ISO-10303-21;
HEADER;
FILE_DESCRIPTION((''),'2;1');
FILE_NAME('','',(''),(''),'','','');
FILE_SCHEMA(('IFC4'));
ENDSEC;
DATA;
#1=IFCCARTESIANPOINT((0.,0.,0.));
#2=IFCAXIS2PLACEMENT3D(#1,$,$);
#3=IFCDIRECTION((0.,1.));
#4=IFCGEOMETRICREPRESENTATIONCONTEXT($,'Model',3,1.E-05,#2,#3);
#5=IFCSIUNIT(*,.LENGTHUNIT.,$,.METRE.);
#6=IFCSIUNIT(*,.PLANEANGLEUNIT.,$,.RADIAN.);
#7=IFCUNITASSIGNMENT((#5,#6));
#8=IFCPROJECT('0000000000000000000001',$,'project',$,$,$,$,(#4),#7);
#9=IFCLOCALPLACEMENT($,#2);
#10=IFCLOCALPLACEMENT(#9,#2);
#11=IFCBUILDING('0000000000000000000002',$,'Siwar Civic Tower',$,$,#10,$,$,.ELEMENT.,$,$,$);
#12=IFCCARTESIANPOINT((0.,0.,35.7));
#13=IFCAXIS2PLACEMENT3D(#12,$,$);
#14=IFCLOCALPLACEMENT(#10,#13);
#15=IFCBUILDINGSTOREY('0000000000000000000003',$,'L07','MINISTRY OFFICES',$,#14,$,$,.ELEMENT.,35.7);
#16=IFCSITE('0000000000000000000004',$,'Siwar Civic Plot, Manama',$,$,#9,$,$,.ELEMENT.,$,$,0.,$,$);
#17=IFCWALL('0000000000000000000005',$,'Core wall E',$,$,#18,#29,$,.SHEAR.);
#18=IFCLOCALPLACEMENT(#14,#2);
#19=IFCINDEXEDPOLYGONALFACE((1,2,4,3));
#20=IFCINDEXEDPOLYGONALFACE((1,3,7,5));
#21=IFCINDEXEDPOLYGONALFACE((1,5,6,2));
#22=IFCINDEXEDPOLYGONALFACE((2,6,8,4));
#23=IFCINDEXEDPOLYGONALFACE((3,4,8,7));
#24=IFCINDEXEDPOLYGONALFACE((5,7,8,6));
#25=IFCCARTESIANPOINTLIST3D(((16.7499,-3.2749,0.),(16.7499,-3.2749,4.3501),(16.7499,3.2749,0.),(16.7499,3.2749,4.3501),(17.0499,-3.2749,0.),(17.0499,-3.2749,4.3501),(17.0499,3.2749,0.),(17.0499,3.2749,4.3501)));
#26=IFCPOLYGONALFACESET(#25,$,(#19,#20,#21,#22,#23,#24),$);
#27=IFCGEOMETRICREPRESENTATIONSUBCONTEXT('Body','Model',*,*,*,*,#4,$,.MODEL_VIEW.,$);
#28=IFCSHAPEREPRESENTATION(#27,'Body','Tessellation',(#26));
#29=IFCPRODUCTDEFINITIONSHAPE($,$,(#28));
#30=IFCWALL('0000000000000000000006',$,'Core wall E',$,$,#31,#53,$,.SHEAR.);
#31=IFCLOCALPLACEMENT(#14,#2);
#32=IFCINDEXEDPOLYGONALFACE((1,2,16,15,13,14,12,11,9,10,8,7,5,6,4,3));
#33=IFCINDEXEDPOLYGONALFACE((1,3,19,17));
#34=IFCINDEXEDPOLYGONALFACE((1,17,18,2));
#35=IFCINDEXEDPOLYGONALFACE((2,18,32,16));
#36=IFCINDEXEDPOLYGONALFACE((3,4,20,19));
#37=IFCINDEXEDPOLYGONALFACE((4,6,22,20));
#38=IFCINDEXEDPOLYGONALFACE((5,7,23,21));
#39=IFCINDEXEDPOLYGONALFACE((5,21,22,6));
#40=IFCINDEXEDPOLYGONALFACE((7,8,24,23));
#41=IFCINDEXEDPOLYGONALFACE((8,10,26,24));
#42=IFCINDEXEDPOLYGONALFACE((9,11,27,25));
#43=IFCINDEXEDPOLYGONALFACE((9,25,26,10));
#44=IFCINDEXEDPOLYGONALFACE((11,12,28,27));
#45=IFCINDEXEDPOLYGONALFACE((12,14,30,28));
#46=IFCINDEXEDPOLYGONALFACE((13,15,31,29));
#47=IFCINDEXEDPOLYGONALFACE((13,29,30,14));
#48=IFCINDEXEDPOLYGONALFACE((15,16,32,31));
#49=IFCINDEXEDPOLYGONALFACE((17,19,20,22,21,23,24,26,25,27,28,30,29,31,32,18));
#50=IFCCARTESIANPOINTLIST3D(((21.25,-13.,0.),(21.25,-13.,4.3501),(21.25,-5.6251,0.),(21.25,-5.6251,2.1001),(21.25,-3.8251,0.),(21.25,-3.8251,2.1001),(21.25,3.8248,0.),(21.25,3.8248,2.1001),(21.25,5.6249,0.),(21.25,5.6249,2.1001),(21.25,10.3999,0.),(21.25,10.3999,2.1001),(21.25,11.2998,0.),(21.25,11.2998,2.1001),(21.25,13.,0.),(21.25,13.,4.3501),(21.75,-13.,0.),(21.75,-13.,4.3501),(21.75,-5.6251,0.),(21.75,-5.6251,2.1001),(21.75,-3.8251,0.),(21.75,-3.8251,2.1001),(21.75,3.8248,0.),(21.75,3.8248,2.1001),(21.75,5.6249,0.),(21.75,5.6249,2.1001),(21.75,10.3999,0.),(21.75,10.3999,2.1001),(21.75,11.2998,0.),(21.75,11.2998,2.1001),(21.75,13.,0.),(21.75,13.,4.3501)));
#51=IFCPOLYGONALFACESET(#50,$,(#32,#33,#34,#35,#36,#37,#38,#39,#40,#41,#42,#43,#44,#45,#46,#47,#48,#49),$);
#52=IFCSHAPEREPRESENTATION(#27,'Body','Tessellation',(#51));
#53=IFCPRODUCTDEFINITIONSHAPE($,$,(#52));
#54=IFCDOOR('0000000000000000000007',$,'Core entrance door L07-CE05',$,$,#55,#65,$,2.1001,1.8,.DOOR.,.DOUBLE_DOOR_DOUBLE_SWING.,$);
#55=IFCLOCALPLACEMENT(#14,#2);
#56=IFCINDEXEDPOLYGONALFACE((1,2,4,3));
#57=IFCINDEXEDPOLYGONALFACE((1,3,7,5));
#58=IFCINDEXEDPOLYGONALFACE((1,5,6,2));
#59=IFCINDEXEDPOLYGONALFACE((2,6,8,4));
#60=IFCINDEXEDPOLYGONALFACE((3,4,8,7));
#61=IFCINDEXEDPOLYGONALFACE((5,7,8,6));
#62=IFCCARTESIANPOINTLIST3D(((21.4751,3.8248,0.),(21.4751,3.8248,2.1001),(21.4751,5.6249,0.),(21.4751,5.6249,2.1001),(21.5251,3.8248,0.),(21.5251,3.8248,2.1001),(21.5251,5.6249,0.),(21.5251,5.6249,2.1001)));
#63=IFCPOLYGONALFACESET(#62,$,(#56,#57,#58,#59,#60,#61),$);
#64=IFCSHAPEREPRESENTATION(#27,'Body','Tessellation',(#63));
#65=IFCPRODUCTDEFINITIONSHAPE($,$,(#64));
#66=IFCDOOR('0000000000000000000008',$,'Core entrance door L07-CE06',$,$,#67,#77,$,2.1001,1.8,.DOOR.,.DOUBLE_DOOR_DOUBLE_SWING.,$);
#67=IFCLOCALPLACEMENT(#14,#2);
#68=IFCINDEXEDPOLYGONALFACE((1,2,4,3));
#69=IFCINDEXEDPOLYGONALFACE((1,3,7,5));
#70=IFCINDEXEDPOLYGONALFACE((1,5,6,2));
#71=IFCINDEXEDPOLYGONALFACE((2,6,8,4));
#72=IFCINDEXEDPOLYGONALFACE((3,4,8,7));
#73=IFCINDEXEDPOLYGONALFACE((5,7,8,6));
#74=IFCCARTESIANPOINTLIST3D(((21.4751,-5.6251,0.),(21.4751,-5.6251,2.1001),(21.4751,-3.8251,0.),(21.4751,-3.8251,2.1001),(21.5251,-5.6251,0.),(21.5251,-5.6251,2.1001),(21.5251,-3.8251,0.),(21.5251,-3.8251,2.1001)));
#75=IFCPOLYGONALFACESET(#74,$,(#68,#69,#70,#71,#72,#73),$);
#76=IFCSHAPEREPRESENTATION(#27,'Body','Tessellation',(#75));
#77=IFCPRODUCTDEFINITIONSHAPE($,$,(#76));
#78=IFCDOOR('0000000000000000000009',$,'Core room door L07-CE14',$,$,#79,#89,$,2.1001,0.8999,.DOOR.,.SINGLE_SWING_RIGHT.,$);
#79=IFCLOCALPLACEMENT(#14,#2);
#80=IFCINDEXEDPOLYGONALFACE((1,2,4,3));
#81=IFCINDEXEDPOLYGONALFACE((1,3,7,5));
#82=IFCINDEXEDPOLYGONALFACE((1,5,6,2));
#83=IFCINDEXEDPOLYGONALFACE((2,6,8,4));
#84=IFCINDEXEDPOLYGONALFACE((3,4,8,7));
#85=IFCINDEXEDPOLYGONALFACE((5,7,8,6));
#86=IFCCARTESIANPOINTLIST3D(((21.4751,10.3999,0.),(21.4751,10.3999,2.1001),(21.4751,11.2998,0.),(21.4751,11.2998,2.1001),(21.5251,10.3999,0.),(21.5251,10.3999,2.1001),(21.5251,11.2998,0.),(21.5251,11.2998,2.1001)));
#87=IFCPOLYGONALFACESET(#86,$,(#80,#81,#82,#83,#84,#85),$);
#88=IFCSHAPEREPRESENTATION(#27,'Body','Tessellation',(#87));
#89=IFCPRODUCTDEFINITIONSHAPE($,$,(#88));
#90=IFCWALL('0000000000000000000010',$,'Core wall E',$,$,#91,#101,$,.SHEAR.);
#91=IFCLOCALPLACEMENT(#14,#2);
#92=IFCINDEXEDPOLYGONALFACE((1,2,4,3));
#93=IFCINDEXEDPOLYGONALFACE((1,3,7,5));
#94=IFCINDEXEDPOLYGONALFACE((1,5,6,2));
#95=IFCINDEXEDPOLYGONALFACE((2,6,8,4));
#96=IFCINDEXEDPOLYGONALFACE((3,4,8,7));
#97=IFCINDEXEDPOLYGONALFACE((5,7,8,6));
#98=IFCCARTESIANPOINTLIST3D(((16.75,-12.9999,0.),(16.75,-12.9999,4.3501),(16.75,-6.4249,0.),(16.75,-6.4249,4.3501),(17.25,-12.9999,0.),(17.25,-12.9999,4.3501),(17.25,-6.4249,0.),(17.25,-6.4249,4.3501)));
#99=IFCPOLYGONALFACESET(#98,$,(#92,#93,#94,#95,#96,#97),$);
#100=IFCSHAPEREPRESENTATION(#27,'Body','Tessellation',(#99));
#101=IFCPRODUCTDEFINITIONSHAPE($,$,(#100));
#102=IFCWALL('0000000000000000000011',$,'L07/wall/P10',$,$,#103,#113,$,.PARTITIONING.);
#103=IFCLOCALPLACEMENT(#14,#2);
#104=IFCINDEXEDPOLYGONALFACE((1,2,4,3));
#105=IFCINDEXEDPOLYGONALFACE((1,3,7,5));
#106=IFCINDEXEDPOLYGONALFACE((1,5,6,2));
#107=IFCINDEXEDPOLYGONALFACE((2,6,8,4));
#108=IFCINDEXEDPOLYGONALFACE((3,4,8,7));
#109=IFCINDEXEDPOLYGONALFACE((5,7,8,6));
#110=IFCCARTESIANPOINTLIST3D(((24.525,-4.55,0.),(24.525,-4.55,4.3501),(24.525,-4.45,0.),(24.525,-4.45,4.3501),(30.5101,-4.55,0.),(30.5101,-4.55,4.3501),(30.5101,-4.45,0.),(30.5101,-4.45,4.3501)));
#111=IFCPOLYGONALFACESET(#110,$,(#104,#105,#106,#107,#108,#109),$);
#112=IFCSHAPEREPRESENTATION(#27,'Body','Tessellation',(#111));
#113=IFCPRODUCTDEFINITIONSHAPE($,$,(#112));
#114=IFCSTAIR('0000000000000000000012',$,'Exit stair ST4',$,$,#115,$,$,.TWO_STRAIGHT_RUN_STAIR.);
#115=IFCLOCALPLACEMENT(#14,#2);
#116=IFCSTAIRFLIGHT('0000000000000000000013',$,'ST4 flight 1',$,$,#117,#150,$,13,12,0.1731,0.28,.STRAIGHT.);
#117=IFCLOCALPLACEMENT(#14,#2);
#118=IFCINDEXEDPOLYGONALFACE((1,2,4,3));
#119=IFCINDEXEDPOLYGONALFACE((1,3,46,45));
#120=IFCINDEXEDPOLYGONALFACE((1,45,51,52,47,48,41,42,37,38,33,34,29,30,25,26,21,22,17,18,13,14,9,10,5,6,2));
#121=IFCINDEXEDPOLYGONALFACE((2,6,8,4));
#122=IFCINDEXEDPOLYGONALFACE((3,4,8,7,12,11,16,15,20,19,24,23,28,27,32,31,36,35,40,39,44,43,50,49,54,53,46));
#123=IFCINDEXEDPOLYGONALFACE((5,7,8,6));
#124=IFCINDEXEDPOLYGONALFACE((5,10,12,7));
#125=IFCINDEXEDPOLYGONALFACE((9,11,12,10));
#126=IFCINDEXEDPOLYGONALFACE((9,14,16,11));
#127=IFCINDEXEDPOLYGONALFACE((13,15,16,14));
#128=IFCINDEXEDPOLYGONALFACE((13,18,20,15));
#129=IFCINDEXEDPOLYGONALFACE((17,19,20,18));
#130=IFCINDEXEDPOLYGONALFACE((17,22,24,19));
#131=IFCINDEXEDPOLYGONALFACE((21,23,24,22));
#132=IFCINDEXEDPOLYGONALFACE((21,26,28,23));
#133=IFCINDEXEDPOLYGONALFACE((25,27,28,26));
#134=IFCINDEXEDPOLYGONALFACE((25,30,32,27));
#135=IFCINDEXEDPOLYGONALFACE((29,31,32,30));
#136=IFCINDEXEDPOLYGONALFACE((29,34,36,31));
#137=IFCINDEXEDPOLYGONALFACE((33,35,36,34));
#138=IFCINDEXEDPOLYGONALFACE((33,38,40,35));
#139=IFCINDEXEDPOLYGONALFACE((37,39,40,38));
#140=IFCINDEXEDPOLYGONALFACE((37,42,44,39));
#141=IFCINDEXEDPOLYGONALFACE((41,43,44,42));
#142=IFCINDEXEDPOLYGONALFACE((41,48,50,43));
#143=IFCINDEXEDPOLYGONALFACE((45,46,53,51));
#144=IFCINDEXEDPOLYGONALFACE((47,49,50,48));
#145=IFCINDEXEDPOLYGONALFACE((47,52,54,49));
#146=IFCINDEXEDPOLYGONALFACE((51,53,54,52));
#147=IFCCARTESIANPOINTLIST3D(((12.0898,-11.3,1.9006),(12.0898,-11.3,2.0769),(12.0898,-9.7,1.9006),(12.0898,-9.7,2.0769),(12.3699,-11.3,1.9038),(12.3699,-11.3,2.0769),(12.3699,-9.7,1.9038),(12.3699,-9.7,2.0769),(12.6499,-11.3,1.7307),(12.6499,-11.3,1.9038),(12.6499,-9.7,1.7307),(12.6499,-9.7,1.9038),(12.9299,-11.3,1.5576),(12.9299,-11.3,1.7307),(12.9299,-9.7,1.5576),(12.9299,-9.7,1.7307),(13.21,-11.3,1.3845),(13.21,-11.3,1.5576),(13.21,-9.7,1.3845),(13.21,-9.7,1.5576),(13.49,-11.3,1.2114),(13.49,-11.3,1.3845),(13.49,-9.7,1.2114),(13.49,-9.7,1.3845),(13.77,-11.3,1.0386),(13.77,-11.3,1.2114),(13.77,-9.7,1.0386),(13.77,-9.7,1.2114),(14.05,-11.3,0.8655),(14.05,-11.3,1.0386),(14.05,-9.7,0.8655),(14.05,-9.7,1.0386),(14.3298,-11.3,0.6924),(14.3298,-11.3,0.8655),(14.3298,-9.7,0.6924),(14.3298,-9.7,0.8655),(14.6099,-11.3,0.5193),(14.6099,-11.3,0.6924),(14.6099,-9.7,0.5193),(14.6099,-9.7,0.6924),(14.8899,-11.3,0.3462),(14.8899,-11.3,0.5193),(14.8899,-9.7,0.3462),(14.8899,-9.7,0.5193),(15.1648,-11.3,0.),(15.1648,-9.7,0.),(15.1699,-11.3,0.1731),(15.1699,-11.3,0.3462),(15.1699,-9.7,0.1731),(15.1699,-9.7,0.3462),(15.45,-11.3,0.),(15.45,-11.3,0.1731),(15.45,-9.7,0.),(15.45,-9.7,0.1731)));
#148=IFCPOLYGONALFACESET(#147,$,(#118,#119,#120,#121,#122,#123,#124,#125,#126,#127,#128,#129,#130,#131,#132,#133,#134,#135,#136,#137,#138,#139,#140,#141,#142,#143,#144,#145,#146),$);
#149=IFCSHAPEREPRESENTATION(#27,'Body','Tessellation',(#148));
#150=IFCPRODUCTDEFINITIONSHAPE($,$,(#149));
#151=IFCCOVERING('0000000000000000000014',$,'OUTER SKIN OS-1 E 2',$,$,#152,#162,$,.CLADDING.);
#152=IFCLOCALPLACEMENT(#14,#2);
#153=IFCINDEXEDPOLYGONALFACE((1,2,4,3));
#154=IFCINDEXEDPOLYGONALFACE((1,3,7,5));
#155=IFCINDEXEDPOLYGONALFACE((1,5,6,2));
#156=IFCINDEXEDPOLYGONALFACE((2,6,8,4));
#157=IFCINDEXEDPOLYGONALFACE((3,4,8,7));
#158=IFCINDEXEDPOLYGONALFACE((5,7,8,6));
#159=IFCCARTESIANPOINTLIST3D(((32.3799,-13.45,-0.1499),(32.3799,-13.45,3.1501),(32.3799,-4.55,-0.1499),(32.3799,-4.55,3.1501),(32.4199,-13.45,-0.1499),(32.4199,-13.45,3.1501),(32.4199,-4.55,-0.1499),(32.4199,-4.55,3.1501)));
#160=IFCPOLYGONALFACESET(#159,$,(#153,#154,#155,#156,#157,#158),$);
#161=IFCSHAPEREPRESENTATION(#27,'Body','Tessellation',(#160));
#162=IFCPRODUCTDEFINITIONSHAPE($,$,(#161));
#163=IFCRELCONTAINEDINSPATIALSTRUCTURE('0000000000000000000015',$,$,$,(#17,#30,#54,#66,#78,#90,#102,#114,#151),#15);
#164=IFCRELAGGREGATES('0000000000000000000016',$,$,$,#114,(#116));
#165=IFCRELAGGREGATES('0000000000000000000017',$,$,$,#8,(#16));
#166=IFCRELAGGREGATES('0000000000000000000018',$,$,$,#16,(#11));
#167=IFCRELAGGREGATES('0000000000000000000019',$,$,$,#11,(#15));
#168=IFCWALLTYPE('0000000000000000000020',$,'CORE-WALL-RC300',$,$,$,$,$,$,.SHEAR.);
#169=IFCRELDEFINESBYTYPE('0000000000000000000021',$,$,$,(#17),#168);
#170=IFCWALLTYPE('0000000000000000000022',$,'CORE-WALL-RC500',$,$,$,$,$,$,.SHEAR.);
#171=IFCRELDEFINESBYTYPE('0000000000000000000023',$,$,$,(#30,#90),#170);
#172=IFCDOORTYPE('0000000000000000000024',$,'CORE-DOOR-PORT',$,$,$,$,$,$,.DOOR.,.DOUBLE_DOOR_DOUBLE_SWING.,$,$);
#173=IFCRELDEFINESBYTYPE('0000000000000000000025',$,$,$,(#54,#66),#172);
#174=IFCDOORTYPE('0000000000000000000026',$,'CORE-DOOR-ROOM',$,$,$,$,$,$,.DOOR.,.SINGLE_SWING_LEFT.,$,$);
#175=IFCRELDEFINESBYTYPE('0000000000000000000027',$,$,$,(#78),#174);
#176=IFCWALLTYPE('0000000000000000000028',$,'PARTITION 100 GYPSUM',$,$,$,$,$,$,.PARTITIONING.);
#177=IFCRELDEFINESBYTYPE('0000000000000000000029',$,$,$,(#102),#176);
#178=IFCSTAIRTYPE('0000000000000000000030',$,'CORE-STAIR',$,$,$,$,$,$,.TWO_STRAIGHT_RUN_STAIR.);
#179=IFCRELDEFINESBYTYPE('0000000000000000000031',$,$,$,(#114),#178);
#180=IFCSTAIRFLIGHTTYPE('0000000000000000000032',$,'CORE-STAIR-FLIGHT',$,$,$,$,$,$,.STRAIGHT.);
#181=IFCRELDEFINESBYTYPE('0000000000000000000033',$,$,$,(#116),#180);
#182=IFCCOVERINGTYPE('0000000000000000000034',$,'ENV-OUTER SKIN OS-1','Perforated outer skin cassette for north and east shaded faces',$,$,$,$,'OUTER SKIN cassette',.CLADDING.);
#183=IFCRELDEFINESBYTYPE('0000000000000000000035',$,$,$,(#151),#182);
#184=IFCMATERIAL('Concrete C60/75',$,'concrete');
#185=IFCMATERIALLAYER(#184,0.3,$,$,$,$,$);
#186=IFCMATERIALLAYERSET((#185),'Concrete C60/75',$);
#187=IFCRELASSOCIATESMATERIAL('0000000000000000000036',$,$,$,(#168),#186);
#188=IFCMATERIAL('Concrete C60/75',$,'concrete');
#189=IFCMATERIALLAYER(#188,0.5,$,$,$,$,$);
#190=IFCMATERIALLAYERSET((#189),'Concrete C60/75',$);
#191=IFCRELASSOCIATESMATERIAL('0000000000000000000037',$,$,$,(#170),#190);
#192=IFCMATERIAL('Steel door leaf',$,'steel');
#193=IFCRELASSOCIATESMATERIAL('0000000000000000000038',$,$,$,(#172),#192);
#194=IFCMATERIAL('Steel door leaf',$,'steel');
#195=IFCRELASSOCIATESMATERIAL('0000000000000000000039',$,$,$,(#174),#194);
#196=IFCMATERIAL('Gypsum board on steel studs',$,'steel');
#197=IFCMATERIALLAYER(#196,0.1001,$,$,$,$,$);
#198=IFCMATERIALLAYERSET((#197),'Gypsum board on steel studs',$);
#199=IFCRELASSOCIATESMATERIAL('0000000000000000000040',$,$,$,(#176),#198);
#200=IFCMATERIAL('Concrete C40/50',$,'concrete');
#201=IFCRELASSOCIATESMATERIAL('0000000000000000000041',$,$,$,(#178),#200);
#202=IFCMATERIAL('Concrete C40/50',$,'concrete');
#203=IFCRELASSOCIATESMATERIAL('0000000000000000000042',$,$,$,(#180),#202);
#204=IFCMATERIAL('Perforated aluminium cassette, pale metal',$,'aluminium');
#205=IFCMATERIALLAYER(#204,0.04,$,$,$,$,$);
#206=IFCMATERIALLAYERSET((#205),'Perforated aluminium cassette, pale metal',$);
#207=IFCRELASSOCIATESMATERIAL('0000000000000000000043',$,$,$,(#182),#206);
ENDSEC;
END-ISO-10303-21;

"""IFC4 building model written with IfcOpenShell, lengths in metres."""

from ifc_helpers import new_model, si_unit, direction, frame, frame_2d, origin, origin_2d, place, context, subcontext, project, spatial, polyline, rectangle, outline, extrude, material, layer, layer_set, type_object, element, fill, aggregate, save


model = new_model("IFC4")

# Units and contexts
model_context = context("Model", 3, precision=1e-05, world=origin(), true_north=direction((0.0, 1.0)))
body_context = subcontext(model_context, "Body", "Model", "MODEL_VIEW")
ifc_project = project(units=[si_unit("LENGTHUNIT", "METRE"), si_unit("PLANEANGLEUNIT", "RADIAN")], contexts=[model_context])

# Site, building, storey
site_placement = place(None, origin())
site = spatial("IfcSite", under=ifc_project, at=site_placement, Name="Siwar Civic Plot, Manama", CompositionType="ELEMENT", RefElevation=0.0)
building_placement = place(site_placement, origin())
building = spatial("IfcBuilding", under=site, at=building_placement, Name="Siwar Civic Tower", CompositionType="ELEMENT")
storey_placement = place(building_placement, frame((0.0, 0.0, 35.7)))
storey = spatial("IfcBuildingStorey", under=building, at=storey_placement, Name="L07", Description="MINISTRY OFFICES", CompositionType="ELEMENT", Elevation=35.7)

# Wall
ifc_material_1 = material(Name="Concrete C60/75", Category="concrete")
ifc_layer_1 = layer(ifc_material_1, 0.3)
ifc_layer_set_1 = layer_set([ifc_layer_1], Name="Concrete C60/75")
wall_type_1 = type_object("IfcWallType", Name="CORE-WALL-RC300", PredefinedType="SHEAR", material=ifc_layer_set_1)
wall_1_placement = place(storey_placement, frame((16.8999, -3.2749, 0.0), z_axis=(0.0, 0.0, 1.0), x_axis=(0.0, 1.0, 0.0)))
element("IfcWall", 1, at=wall_1_placement, inside=storey, type_object=wall_type_1, Name="Core wall E", PredefinedType="SHEAR", context=body_context, shape_type="SweptSolid", body=[
    extrude(rectangle(XDim=6.5498, YDim=0.3, at=frame_2d((3.2749, 0.0))), origin(), (0.0, 0.0, 1.0), 4.3501),
])

# Wall, openings, doors
ifc_material_2 = material(Name="Concrete C60/75", Category="concrete")
ifc_layer_2 = layer(ifc_material_2, 0.5)
ifc_layer_set_2 = layer_set([ifc_layer_2], Name="Concrete C60/75")
wall_type_2 = type_object("IfcWallType", Name="CORE-WALL-RC500", PredefinedType="SHEAR", material=ifc_layer_set_2)
wall_2_placement = place(storey_placement, frame((21.5, -13.0, 0.0), z_axis=(0.0, 0.0, 1.0), x_axis=(0.0, 1.0, 0.0)))
wall_2 = element("IfcWall", 2, at=wall_2_placement, inside=storey, type_object=wall_type_2, Name="Core wall E", PredefinedType="SHEAR", context=body_context, shape_type="SweptSolid", body=[
    extrude(rectangle(XDim=26.0, YDim=0.5, at=frame_2d((13.0, 0.0))), origin(), (0.0, 0.0, 1.0), 4.3501),
])
opening_1_placement = place(wall_2_placement, frame((16.825, 0.0, 0.0)))
opening_1 = element("IfcOpeningElement", 3, at=opening_1_placement, cuts=wall_2, PredefinedType="OPENING", context=body_context, shape_type="SweptSolid", body=[
    extrude(rectangle(XDim=1.8, YDim=2.1001, at=frame_2d((0.8999, 1.05))), frame((0.0, 0.26, 0.0), z_axis=(0.0, -1.0, 0.0), x_axis=(1.0, 0.0, 0.0)), (0.0, 0.0, 1.0), 0.52),
])
opening_2_placement = place(wall_2_placement, frame((7.375, 0.0, 0.0)))
opening_2 = element("IfcOpeningElement", 4, at=opening_2_placement, cuts=wall_2, PredefinedType="OPENING", context=body_context, shape_type="SweptSolid", body=[
    extrude(rectangle(XDim=1.8, YDim=2.1001, at=frame_2d((0.8999, 1.05))), frame((0.0, 0.26, 0.0), z_axis=(0.0, -1.0, 0.0), x_axis=(1.0, 0.0, 0.0)), (0.0, 0.0, 1.0), 0.52),
])
opening_3_placement = place(wall_2_placement, frame((23.3999, 0.0, 0.0)))
opening_3 = element("IfcOpeningElement", 5, at=opening_3_placement, cuts=wall_2, PredefinedType="OPENING", context=body_context, shape_type="SweptSolid", body=[
    extrude(rectangle(XDim=0.8999, YDim=2.1001, at=frame_2d((0.45, 1.05))), frame((0.0, 0.26, 0.0), z_axis=(0.0, -1.0, 0.0), x_axis=(1.0, 0.0, 0.0)), (0.0, 0.0, 1.0), 0.52),
])
ifc_material_3 = material(Name="Steel door leaf", Category="steel")
door_type_1 = type_object("IfcDoorType", Name="CORE-DOOR-PORT", OperationType="DOUBLE_DOOR_DOUBLE_SWING", PredefinedType="DOOR", material=ifc_material_3)
door_1_placement = place(opening_1_placement, origin())
door_1 = element("IfcDoor", 6, at=door_1_placement, inside=storey, type_object=door_type_1, Name="Core entrance door L07-CE05", OperationType="DOUBLE_DOOR_DOUBLE_SWING", OverallHeight=2.1001, OverallWidth=1.8, PredefinedType="DOOR", context=body_context, shape_type="SweptSolid", body=[
    extrude(rectangle(XDim=1.8, YDim=2.1001, at=frame_2d((0.8999, 1.05))), frame((0.0, 0.0249, 0.0), z_axis=(0.0, -1.0, 0.0), x_axis=(1.0, 0.0, 0.0)), (0.0, 0.0, 1.0), 0.05),
])
fill(opening_1, door_1)
door_2_placement = place(opening_2_placement, origin())
door_2 = element("IfcDoor", 7, at=door_2_placement, inside=storey, type_object=door_type_1, Name="Core entrance door L07-CE06", OperationType="DOUBLE_DOOR_DOUBLE_SWING", OverallHeight=2.1001, OverallWidth=1.8, PredefinedType="DOOR", context=body_context, shape_type="SweptSolid", body=[
    extrude(rectangle(XDim=1.8, YDim=2.1001, at=frame_2d((0.8999, 1.05))), frame((0.0, 0.0249, 0.0), z_axis=(0.0, -1.0, 0.0), x_axis=(1.0, 0.0, 0.0)), (0.0, 0.0, 1.0), 0.05),
])
fill(opening_2, door_2)
ifc_material_4 = material(Name="Steel door leaf", Category="steel")
door_type_2 = type_object("IfcDoorType", Name="CORE-DOOR-ROOM", OperationType="SINGLE_SWING_LEFT", PredefinedType="DOOR", material=ifc_material_4)
door_3_placement = place(opening_3_placement, origin())
door_3 = element("IfcDoor", 8, at=door_3_placement, inside=storey, type_object=door_type_2, Name="Core room door L07-CE14", OperationType="SINGLE_SWING_RIGHT", OverallHeight=2.1001, OverallWidth=0.8999, PredefinedType="DOOR", context=body_context, shape_type="SweptSolid", body=[
    extrude(rectangle(XDim=0.8999, YDim=2.1001, at=frame_2d((0.45, 1.05))), frame((0.0, 0.0249, 0.0), z_axis=(0.0, -1.0, 0.0), x_axis=(1.0, 0.0, 0.0)), (0.0, 0.0, 1.0), 0.05),
])
fill(opening_3, door_3)

# Walls
wall_3_placement = place(storey_placement, frame((17.0, -13.0, 0.0), z_axis=(0.0, 0.0, 1.0), x_axis=(0.0, 1.0, 0.0)))
element("IfcWall", 9, at=wall_3_placement, inside=storey, type_object=wall_type_2, Name="Core wall E", PredefinedType="SHEAR", context=body_context, shape_type="SweptSolid", body=[
    extrude(rectangle(XDim=6.575, YDim=0.5, at=frame_2d((3.2876, 0.0))), origin(), (0.0, 0.0, 1.0), 4.3501),
])
ifc_material_5 = material(Name="Gypsum board on steel studs", Category="steel")
ifc_layer_3 = layer(ifc_material_5, 0.1001)
ifc_layer_set_3 = layer_set([ifc_layer_3], Name="Gypsum board on steel studs")
wall_type_3 = type_object("IfcWallType", Name="PARTITION 100 GYPSUM", PredefinedType="PARTITIONING", material=ifc_layer_set_3)
wall_4_placement = place(storey_placement, frame((24.5249, -4.5, 0.0), z_axis=(0.0, 0.0, 1.0), x_axis=(1.0, 0.0, 0.0)))
element("IfcWall", 10, at=wall_4_placement, inside=storey, type_object=wall_type_3, Name="L07/wall/P10", PredefinedType="PARTITIONING", context=body_context, shape_type="SweptSolid", body=[
    extrude(rectangle(XDim=5.9851, YDim=0.1001, at=frame_2d((2.9927, 0.0))), origin(), (0.0, 0.0, 1.0), 4.3501),
])

# Stair, stair flight
ifc_material_6 = material(Name="Concrete C40/50", Category="concrete")
stair_type = type_object("IfcStairType", Name="CORE-STAIR", PredefinedType="TWO_STRAIGHT_RUN_STAIR", material=ifc_material_6)
stair_placement = place(storey_placement, origin())
stair = element("IfcStair", 11, at=stair_placement, inside=storey, type_object=stair_type, Name="Exit stair ST4", PredefinedType="TWO_STRAIGHT_RUN_STAIR")
ifc_material_7 = material(Name="Concrete C40/50", Category="concrete")
stair_flight_type = type_object("IfcStairFlightType", Name="CORE-STAIR-FLIGHT", PredefinedType="STRAIGHT", material=ifc_material_7)
stair_flight_placement = place(storey_placement, frame((15.45, -10.5, 0.0), z_axis=(0.0, 0.0, 1.0), x_axis=(-1.0, 0.0, 0.0)))
stair_flight = element("IfcStairFlight", 12, at=stair_flight_placement, type_object=stair_flight_type, Name="ST4 flight 1", NumberOfRisers=13, NumberOfTreads=12, PredefinedType="STRAIGHT", RiserHeight=0.1731, TreadLength=0.28, context=body_context, shape_type="SweptSolid", body=[
    extrude(outline(polyline([(0.0, 0.0), (0.0, 0.1731), (0.28, 0.1731), (0.28, 0.3462), (0.5601, 0.3462), (0.5601, 0.5193), (0.8401, 0.5193), (0.8401, 0.6924), (1.1201, 0.6924), (1.1201, 0.8655), (1.3999, 0.8655), (1.3999, 1.0386), (1.6799, 1.0386), (1.6799, 1.2114), (1.96, 1.2114), (1.96, 1.3845), (2.24, 1.3845), (2.24, 1.5576), (2.52, 1.5576), (2.52, 1.7307), (2.8, 1.7307), (2.8, 1.9038), (3.0801, 1.9038), (3.0801, 2.0769), (3.3601, 2.0769), (3.3601, 2.25), (3.3601, 1.9006), (0.2852, 0.0), (0.0, 0.0)])), frame((0.0, 0.8, 0.0), z_axis=(0.0, -1.0, 0.0), x_axis=(1.0, 0.0, 0.0)), (0.0, 0.0, 1.0), 1.6001),
])
aggregate(stair, [stair_flight])

# Covering
ifc_material_8 = material(Name="Perforated aluminium cassette, pale metal", Category="aluminium")
ifc_layer_4 = layer(ifc_material_8, 0.04)
ifc_layer_set_4 = layer_set([ifc_layer_4], Name="Perforated aluminium cassette, pale metal")
covering_type = type_object("IfcCoveringType", Name="ENV-OUTER SKIN OS-1", Description="Perforated outer skin cassette for north and east shaded faces", ElementType="OUTER SKIN cassette", PredefinedType="CLADDING", material=ifc_layer_set_4)
covering_placement = place(storey_placement, frame((32.3999, -9.0, -0.1499), z_axis=(0.0, 0.0, 1.0), x_axis=(0.0, 1.0, 0.0)))
element("IfcCovering", 13, at=covering_placement, inside=storey, type_object=covering_type, Name="OUTER SKIN OS-1 E 2", PredefinedType="CLADDING", context=body_context, shape_type="SweptSolid", body=[
    extrude(rectangle(XDim=8.8999, YDim=0.04, at=origin_2d()), origin(), (0.0, 0.0, 1.0), 3.3),
])

save(model, "model.ifc")
